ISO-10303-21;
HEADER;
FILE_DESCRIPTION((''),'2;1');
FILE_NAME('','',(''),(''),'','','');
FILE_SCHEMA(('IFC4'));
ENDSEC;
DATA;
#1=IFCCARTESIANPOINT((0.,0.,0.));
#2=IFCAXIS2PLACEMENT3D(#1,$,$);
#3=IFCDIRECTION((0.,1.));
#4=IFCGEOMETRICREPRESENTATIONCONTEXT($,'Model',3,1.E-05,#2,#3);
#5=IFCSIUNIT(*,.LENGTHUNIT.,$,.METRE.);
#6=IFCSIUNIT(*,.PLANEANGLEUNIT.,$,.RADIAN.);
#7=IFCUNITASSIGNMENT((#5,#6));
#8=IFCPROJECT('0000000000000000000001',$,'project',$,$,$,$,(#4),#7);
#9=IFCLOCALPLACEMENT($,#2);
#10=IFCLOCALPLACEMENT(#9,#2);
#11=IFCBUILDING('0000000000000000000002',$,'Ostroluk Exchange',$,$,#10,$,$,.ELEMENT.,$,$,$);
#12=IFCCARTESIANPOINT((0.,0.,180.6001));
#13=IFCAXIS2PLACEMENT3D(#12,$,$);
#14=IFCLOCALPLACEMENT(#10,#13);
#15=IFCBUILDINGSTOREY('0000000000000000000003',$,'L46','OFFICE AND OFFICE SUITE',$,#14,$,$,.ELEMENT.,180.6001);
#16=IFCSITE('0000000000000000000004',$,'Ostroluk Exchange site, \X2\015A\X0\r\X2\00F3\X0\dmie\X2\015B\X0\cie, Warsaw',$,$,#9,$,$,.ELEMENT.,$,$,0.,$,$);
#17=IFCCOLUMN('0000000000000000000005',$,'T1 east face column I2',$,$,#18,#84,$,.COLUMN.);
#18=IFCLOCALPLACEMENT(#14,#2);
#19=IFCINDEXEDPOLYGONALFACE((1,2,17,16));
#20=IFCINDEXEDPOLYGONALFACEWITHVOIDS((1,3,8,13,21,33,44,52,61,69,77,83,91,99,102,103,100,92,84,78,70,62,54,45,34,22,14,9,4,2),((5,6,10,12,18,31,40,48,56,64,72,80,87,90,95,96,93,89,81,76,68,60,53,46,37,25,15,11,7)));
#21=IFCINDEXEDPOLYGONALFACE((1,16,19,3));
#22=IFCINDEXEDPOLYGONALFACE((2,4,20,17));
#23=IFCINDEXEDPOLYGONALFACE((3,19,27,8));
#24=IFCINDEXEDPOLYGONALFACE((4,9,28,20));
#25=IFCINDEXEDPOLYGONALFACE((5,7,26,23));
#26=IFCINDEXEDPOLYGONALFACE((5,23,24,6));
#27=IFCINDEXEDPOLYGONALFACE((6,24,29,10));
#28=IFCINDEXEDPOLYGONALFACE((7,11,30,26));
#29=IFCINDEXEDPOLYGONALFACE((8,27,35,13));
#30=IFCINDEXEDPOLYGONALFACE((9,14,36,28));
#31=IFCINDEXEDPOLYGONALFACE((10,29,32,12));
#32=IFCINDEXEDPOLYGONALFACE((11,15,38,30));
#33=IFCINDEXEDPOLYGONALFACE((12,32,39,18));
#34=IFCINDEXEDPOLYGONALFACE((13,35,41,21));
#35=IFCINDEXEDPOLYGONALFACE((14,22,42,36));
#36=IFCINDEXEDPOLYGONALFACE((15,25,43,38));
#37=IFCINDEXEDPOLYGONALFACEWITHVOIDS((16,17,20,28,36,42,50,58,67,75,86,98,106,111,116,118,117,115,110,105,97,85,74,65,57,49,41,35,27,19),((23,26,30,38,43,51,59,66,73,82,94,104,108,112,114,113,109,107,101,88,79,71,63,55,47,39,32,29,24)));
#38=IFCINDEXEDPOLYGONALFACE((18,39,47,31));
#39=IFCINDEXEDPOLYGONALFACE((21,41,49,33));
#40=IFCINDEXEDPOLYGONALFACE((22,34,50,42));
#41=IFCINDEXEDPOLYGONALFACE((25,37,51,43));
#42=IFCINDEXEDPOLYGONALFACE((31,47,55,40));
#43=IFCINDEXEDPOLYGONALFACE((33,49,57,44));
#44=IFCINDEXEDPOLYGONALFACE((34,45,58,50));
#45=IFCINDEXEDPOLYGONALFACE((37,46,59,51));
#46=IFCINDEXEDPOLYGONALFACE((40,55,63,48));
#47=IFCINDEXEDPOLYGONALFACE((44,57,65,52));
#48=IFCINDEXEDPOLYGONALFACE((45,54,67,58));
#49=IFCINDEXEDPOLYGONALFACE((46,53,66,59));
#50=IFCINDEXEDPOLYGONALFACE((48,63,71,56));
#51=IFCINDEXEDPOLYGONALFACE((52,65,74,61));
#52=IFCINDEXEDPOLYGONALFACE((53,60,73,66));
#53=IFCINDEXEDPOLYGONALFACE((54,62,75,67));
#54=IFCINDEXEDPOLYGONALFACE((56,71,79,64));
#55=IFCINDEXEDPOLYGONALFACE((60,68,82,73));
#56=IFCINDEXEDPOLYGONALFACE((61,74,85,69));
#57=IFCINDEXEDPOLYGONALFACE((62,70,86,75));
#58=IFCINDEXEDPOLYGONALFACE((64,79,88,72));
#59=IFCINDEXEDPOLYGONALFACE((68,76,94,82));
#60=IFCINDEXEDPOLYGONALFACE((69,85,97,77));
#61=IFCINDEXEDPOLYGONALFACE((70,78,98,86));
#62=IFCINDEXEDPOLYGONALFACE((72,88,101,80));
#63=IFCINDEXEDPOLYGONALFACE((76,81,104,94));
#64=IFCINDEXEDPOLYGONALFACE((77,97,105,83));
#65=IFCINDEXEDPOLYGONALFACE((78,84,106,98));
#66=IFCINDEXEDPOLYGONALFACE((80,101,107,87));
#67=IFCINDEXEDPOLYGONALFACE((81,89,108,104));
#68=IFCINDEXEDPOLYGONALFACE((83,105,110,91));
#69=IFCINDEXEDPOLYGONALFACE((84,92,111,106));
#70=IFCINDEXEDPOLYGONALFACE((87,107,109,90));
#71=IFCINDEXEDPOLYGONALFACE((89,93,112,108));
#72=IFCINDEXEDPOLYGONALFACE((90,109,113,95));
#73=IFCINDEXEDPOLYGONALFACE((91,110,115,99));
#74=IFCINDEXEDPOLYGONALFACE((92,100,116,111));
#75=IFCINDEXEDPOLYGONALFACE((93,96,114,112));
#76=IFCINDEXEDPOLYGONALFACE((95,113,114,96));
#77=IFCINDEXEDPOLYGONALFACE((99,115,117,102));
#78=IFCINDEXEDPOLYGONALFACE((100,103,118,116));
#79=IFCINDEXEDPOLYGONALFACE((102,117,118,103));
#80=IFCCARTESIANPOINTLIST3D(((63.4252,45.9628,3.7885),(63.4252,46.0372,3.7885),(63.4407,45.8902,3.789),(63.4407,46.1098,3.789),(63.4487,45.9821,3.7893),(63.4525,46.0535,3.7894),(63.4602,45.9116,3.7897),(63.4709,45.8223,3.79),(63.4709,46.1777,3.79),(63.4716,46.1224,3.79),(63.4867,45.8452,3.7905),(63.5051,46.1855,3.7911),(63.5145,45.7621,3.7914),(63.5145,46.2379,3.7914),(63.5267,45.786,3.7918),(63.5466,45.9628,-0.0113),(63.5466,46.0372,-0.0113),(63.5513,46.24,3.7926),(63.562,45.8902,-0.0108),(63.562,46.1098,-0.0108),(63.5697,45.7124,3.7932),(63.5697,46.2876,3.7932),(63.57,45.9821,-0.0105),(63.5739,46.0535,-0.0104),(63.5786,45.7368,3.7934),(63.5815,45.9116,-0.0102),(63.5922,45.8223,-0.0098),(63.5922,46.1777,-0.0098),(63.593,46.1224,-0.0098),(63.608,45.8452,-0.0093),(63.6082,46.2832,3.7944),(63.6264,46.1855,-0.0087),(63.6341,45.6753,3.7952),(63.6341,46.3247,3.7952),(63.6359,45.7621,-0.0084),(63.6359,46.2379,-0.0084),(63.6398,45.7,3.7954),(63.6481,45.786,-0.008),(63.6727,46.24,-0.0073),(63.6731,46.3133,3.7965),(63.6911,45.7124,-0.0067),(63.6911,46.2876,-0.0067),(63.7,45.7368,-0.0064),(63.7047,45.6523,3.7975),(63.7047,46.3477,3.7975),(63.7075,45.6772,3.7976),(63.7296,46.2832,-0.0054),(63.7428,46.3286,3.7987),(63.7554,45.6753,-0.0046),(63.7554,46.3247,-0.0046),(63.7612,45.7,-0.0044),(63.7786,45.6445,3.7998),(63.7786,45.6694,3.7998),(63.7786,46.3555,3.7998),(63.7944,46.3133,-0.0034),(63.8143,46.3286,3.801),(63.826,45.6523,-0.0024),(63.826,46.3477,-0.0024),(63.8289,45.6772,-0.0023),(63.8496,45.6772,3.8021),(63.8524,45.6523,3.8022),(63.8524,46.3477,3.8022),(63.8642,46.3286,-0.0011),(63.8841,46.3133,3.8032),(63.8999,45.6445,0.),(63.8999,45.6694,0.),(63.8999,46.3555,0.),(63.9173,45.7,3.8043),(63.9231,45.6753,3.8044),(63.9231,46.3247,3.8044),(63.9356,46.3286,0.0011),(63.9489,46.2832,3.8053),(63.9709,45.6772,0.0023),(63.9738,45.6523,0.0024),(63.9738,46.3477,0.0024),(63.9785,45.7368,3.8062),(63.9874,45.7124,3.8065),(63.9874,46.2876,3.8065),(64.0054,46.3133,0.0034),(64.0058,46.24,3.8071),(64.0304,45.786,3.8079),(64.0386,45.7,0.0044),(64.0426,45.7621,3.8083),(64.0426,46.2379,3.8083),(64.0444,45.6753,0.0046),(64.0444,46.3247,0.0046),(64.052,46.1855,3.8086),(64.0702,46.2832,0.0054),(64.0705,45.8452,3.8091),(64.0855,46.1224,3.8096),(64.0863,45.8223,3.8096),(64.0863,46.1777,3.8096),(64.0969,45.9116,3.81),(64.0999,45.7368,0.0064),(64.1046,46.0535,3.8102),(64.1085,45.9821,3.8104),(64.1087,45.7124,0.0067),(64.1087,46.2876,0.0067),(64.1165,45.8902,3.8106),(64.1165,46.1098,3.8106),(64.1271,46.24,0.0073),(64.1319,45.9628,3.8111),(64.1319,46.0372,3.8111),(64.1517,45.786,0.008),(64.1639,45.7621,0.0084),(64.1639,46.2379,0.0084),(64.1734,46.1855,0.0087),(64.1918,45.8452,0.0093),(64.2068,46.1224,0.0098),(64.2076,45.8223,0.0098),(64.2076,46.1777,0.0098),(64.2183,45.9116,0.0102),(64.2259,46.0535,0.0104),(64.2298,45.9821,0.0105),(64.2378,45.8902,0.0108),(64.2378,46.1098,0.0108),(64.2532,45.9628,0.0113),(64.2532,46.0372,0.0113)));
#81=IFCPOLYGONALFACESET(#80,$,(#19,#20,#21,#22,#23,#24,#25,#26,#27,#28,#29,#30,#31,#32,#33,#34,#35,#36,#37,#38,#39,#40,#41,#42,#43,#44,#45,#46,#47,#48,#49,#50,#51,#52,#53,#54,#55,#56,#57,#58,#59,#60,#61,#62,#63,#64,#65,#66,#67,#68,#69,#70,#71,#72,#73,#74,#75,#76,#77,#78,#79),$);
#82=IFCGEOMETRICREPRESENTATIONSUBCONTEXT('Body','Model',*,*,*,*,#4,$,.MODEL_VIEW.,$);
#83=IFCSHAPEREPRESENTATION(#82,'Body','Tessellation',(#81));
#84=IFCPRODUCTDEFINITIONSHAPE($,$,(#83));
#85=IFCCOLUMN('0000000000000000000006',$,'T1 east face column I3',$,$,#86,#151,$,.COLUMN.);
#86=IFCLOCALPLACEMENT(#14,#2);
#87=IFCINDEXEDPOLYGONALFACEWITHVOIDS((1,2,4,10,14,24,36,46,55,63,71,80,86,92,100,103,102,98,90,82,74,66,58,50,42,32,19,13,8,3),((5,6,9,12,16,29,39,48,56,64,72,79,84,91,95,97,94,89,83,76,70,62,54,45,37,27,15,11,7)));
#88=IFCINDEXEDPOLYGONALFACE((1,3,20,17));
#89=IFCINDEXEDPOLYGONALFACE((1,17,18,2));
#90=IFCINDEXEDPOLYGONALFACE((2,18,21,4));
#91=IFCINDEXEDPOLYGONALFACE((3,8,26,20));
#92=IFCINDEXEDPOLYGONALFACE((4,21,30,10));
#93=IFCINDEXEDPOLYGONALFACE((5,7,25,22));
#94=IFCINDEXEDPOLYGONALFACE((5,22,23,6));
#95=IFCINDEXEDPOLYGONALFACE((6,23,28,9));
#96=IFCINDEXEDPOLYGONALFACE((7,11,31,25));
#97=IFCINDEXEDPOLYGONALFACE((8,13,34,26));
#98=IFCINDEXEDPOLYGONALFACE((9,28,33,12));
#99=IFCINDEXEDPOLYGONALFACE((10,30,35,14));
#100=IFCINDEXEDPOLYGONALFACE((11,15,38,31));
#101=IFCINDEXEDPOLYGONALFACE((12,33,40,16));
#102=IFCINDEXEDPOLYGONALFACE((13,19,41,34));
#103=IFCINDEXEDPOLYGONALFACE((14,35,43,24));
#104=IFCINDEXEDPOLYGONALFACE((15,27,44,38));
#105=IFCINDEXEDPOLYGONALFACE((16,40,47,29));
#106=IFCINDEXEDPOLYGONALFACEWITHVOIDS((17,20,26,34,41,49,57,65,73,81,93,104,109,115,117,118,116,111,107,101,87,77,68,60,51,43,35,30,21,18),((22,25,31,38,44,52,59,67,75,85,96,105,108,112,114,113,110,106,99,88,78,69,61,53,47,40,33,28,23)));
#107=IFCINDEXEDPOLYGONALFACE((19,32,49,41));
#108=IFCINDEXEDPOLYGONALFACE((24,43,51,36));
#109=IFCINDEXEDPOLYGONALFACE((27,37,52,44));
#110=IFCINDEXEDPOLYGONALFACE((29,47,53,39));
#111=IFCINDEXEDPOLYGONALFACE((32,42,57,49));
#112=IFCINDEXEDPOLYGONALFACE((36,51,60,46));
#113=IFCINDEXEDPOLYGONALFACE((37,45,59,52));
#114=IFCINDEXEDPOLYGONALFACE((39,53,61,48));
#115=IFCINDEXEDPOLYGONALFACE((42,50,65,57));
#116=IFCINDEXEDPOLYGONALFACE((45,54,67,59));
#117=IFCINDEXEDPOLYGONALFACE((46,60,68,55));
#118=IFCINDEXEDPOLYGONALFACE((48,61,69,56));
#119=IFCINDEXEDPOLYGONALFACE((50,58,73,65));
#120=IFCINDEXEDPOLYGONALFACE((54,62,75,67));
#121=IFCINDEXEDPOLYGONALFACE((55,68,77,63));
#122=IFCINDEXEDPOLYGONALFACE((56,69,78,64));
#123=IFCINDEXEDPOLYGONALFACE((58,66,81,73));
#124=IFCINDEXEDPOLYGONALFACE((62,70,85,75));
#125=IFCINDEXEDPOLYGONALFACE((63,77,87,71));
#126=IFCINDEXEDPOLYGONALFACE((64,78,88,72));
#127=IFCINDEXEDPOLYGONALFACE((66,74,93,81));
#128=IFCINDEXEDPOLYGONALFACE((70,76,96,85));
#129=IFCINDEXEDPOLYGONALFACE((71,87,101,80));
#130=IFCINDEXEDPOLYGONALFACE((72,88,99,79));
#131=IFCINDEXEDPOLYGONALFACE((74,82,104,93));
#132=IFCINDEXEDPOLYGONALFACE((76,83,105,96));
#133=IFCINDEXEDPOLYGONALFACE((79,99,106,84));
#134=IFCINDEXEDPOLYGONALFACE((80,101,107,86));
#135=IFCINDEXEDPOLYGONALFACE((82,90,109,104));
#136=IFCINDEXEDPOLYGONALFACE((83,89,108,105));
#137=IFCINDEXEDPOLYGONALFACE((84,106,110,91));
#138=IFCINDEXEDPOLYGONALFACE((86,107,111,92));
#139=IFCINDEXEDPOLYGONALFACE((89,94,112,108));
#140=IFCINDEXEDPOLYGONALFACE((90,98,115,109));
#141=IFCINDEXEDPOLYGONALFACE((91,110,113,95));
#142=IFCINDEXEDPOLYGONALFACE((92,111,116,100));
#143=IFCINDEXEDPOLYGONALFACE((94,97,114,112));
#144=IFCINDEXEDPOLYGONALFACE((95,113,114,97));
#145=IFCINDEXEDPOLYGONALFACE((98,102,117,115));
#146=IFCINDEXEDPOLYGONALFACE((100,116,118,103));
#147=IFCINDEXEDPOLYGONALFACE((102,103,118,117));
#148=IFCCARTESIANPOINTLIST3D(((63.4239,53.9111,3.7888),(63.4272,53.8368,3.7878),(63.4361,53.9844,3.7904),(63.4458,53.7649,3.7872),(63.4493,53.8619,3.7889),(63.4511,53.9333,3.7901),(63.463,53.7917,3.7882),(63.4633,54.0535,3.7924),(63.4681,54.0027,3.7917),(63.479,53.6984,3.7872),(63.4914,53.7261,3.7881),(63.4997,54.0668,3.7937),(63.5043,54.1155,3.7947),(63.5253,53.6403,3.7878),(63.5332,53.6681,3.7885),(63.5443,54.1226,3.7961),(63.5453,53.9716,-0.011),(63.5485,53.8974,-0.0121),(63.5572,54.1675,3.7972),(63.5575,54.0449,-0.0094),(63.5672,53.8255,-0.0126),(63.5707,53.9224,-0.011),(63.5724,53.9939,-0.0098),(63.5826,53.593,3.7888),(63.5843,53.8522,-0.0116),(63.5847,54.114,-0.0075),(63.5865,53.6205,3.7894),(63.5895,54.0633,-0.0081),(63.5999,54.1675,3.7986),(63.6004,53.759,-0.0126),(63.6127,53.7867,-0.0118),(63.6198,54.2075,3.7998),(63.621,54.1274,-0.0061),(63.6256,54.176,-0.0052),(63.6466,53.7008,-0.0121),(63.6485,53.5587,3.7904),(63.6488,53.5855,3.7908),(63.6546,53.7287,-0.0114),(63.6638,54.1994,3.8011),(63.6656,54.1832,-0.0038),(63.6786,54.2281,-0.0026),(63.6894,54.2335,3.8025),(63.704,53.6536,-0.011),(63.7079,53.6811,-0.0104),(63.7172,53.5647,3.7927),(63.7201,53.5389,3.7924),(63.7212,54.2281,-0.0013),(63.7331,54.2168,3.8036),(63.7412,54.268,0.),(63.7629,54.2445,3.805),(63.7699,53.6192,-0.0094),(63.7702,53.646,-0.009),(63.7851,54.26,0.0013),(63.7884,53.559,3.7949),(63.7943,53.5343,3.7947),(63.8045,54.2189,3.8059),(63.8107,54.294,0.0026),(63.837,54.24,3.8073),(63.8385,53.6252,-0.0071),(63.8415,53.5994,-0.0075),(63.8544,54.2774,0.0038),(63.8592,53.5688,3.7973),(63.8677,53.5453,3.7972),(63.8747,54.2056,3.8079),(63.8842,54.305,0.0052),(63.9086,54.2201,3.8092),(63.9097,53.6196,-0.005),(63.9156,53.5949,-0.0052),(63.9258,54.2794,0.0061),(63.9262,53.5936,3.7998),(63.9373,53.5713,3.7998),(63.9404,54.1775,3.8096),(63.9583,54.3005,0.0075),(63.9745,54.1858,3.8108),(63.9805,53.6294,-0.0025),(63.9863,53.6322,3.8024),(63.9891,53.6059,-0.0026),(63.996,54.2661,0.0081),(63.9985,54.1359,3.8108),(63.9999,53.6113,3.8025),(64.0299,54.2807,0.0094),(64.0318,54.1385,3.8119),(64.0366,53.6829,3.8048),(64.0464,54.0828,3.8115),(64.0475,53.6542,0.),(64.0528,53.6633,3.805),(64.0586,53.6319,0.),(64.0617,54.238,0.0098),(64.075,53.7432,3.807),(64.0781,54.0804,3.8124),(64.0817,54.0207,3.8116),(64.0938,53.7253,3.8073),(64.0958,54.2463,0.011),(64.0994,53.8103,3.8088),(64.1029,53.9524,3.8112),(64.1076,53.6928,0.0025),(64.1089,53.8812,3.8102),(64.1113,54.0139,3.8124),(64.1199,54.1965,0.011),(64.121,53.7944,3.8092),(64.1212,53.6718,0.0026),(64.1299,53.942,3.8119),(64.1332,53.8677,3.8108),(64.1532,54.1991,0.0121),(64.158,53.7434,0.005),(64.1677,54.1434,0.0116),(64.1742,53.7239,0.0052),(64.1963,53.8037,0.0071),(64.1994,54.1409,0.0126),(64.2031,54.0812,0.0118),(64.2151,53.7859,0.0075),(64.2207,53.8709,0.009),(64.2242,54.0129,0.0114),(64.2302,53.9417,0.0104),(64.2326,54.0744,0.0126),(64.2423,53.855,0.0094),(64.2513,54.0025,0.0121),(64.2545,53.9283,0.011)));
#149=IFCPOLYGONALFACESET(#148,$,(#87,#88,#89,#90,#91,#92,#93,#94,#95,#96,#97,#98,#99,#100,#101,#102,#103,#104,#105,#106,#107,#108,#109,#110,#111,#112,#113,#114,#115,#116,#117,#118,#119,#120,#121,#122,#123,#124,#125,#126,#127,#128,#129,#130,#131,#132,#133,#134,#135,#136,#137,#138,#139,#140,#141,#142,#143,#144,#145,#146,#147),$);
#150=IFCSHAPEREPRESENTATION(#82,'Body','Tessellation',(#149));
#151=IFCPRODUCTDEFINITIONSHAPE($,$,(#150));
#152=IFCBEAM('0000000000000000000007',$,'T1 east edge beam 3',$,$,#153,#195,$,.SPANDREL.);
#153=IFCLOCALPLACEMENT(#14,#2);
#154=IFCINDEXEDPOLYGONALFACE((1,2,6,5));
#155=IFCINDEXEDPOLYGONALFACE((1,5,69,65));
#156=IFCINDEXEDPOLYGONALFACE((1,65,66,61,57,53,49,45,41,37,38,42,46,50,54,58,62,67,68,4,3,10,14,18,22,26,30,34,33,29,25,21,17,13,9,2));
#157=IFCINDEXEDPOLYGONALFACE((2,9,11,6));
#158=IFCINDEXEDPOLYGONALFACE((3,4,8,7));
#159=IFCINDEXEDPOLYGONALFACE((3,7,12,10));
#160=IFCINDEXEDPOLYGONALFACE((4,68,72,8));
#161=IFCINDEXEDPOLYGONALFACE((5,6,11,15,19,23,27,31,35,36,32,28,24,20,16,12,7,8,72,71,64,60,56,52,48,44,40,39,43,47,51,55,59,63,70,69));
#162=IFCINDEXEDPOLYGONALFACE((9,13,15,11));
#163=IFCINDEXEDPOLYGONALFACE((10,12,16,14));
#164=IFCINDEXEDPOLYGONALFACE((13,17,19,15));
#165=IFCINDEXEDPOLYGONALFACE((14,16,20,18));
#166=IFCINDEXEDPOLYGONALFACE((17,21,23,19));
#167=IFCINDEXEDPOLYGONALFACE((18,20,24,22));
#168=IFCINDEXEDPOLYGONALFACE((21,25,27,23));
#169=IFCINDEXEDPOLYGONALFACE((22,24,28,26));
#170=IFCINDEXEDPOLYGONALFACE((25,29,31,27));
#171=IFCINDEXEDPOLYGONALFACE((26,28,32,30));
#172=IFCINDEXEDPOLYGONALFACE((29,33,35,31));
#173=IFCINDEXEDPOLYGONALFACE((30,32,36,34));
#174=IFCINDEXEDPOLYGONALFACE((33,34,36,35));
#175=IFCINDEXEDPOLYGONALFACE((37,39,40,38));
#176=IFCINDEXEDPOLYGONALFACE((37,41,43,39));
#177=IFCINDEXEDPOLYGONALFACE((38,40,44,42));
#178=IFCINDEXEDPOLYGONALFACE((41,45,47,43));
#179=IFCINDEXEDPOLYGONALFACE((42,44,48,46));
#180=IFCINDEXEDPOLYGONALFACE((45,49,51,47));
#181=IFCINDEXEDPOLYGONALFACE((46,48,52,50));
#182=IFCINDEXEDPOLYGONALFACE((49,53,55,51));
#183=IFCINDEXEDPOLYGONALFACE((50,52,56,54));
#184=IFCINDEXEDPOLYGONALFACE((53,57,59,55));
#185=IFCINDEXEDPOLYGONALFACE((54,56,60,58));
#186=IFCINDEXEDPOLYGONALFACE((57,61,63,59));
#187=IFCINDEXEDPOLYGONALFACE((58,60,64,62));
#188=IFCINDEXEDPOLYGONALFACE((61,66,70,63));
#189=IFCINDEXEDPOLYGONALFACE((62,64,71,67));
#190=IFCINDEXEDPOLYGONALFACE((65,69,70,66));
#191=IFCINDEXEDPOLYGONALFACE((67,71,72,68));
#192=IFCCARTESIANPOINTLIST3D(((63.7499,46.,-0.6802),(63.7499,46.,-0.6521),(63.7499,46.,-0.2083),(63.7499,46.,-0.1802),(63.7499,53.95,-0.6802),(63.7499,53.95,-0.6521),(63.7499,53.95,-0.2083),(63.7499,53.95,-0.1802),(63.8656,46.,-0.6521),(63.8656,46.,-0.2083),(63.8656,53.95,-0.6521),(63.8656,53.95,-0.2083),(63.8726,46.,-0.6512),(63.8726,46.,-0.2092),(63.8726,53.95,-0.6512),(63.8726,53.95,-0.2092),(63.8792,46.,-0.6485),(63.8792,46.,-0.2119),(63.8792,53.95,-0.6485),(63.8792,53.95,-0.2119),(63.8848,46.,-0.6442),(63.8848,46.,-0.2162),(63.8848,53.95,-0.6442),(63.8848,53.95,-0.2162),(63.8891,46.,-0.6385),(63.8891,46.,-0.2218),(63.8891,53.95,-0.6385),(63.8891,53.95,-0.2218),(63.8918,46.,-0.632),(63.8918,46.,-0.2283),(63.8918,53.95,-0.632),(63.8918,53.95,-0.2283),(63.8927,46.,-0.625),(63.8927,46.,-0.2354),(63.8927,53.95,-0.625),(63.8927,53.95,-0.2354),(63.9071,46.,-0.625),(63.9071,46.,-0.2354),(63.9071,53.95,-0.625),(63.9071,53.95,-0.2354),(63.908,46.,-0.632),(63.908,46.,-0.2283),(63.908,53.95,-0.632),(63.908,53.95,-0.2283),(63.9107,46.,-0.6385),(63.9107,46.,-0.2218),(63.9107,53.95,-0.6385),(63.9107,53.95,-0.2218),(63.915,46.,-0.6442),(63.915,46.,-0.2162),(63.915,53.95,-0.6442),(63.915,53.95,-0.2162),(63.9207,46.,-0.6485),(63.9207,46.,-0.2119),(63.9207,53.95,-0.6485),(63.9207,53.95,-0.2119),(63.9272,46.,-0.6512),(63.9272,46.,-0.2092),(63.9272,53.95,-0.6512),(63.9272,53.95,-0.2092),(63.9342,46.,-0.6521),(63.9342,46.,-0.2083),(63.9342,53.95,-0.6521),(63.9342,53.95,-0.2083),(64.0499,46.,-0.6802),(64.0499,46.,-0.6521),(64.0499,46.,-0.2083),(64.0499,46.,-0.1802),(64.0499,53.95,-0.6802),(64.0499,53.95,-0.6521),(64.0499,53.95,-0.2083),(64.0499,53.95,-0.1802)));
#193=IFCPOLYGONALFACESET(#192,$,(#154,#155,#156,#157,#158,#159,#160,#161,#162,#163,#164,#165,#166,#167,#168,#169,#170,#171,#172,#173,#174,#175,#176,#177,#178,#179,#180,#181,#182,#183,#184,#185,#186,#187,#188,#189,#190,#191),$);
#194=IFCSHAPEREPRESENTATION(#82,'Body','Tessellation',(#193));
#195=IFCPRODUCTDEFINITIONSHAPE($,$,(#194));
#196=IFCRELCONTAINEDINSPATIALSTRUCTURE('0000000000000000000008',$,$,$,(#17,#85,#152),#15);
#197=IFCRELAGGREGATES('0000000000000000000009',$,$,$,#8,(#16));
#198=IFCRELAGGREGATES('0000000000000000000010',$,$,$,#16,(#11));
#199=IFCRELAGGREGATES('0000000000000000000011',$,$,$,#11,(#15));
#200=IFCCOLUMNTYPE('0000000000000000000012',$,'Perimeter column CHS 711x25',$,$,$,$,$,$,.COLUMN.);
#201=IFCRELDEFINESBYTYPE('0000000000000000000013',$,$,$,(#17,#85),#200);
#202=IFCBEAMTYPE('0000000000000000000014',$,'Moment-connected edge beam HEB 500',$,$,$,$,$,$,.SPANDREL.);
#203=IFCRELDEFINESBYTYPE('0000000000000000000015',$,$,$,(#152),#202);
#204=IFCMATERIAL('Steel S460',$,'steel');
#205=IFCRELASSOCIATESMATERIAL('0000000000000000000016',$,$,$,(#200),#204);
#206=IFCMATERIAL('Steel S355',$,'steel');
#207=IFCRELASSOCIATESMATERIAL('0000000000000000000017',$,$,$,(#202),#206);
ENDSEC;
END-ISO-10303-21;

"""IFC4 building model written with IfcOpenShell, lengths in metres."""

from ifc_helpers import new_model, si_unit, direction, frame, origin, origin_2d, place, context, subcontext, project, spatial, hollow_circle, i_section, extrude, material, material_profile, profile_set, type_object, element, save


model = new_model("IFC4")

# Units and contexts
model_context = context("Model", 3, precision=1e-05, world=origin(), true_north=direction((0.0, 1.0)))
body_context = subcontext(model_context, "Body", "Model", "MODEL_VIEW")
ifc_project = project(units=[si_unit("LENGTHUNIT", "METRE"), si_unit("PLANEANGLEUNIT", "RADIAN")], contexts=[model_context])

# Site, building, storey
site_placement = place(None, origin())
site = spatial("IfcSite", under=ifc_project, at=site_placement, Name="Ostroluk Exchange site, Śródmieście, Warsaw", CompositionType="ELEMENT", RefElevation=0.0)
building_placement = place(site_placement, origin())
building = spatial("IfcBuilding", under=site, at=building_placement, Name="Ostroluk Exchange", CompositionType="ELEMENT")
storey_placement = place(building_placement, frame((0.0, 0.0, 180.6001)))
storey = spatial("IfcBuildingStorey", under=building, at=storey_placement, Name="L46", Description="OFFICE AND OFFICE SUITE", CompositionType="ELEMENT", Elevation=180.6001)

# Columns
ifc_material_1 = material(Name="Steel S460", Category="steel")
ifc_material_profile_1 = material_profile(ifc_material_1, hollow_circle(Radius=0.3555, WallThickness=0.0249, at=origin_2d()), Name="CHS 711x25")
ifc_profile_set_1 = profile_set([ifc_material_profile_1], Name="Steel S460")
column_type = type_object("IfcColumnType", Name="Perimeter column CHS 711x25", PredefinedType="COLUMN", material=ifc_profile_set_1)
column_1_placement = place(storey_placement, frame((63.8999, 46.0, 0.0), z_axis=(-0.031916, 0.0, 0.999491), x_axis=(0.0, -1.0, 0.0)))
element("IfcColumn", 1, at=column_1_placement, inside=storey, type_object=column_type, Name="T1 east face column I2", PredefinedType="COLUMN", context=body_context, shape_type="SweptSolid", body=[
    extrude(hollow_circle(Radius=0.3555, WallThickness=0.0249, at=origin_2d()), origin(), (0.0, 0.0, 1.0), 3.8018),
])
column_2_placement = place(storey_placement, frame((63.8999, 53.95, 0.0), z_axis=(-0.031912, -0.015924, 0.999364), x_axis=(0.446493, -0.894787, 0.0)))
element("IfcColumn", 2, at=column_2_placement, inside=storey, type_object=column_type, Name="T1 east face column I3", PredefinedType="COLUMN", context=body_context, shape_type="SweptSolid", body=[
    extrude(hollow_circle(Radius=0.3555, WallThickness=0.0249, at=origin_2d()), origin(), (0.0, 0.0, 1.0), 3.8022),
])

# Beam
ifc_material_2 = material(Name="Steel S355", Category="steel")
ifc_material_profile_2 = material_profile(ifc_material_2, i_section(OverallWidth=0.3, OverallDepth=0.5, WebThickness=0.0144, FlangeThickness=0.0281, FilletRadius=0.0271, at=origin_2d()), Name="HEB 500")
ifc_profile_set_2 = profile_set([ifc_material_profile_2], Name="Steel S355")
beam_type = type_object("IfcBeamType", Name="Moment-connected edge beam HEB 500", PredefinedType="SPANDREL", material=ifc_profile_set_2)
for number, where, z_axis, x_axis, name in (
    (3, (63.8999, 46.0, -0.4302), (0.0, 1.0, 0.0), (-1.0, 0.0, 0.0), "T1 east edge beam 3"),
):
    element("IfcBeam", number, at=place(storey_placement, frame(where, z_axis=z_axis, x_axis=x_axis)), inside=storey, type_object=beam_type, Name=name, PredefinedType="SPANDREL", context=body_context, shape_type="SweptSolid", body=[
        extrude(i_section(OverallWidth=0.3, OverallDepth=0.5, WebThickness=0.0144, FlangeThickness=0.0281, FilletRadius=0.0271, at=origin_2d()), origin(), (0.0, 0.0, 1.0), 7.95),
    ])

save(model, "model.ifc")
